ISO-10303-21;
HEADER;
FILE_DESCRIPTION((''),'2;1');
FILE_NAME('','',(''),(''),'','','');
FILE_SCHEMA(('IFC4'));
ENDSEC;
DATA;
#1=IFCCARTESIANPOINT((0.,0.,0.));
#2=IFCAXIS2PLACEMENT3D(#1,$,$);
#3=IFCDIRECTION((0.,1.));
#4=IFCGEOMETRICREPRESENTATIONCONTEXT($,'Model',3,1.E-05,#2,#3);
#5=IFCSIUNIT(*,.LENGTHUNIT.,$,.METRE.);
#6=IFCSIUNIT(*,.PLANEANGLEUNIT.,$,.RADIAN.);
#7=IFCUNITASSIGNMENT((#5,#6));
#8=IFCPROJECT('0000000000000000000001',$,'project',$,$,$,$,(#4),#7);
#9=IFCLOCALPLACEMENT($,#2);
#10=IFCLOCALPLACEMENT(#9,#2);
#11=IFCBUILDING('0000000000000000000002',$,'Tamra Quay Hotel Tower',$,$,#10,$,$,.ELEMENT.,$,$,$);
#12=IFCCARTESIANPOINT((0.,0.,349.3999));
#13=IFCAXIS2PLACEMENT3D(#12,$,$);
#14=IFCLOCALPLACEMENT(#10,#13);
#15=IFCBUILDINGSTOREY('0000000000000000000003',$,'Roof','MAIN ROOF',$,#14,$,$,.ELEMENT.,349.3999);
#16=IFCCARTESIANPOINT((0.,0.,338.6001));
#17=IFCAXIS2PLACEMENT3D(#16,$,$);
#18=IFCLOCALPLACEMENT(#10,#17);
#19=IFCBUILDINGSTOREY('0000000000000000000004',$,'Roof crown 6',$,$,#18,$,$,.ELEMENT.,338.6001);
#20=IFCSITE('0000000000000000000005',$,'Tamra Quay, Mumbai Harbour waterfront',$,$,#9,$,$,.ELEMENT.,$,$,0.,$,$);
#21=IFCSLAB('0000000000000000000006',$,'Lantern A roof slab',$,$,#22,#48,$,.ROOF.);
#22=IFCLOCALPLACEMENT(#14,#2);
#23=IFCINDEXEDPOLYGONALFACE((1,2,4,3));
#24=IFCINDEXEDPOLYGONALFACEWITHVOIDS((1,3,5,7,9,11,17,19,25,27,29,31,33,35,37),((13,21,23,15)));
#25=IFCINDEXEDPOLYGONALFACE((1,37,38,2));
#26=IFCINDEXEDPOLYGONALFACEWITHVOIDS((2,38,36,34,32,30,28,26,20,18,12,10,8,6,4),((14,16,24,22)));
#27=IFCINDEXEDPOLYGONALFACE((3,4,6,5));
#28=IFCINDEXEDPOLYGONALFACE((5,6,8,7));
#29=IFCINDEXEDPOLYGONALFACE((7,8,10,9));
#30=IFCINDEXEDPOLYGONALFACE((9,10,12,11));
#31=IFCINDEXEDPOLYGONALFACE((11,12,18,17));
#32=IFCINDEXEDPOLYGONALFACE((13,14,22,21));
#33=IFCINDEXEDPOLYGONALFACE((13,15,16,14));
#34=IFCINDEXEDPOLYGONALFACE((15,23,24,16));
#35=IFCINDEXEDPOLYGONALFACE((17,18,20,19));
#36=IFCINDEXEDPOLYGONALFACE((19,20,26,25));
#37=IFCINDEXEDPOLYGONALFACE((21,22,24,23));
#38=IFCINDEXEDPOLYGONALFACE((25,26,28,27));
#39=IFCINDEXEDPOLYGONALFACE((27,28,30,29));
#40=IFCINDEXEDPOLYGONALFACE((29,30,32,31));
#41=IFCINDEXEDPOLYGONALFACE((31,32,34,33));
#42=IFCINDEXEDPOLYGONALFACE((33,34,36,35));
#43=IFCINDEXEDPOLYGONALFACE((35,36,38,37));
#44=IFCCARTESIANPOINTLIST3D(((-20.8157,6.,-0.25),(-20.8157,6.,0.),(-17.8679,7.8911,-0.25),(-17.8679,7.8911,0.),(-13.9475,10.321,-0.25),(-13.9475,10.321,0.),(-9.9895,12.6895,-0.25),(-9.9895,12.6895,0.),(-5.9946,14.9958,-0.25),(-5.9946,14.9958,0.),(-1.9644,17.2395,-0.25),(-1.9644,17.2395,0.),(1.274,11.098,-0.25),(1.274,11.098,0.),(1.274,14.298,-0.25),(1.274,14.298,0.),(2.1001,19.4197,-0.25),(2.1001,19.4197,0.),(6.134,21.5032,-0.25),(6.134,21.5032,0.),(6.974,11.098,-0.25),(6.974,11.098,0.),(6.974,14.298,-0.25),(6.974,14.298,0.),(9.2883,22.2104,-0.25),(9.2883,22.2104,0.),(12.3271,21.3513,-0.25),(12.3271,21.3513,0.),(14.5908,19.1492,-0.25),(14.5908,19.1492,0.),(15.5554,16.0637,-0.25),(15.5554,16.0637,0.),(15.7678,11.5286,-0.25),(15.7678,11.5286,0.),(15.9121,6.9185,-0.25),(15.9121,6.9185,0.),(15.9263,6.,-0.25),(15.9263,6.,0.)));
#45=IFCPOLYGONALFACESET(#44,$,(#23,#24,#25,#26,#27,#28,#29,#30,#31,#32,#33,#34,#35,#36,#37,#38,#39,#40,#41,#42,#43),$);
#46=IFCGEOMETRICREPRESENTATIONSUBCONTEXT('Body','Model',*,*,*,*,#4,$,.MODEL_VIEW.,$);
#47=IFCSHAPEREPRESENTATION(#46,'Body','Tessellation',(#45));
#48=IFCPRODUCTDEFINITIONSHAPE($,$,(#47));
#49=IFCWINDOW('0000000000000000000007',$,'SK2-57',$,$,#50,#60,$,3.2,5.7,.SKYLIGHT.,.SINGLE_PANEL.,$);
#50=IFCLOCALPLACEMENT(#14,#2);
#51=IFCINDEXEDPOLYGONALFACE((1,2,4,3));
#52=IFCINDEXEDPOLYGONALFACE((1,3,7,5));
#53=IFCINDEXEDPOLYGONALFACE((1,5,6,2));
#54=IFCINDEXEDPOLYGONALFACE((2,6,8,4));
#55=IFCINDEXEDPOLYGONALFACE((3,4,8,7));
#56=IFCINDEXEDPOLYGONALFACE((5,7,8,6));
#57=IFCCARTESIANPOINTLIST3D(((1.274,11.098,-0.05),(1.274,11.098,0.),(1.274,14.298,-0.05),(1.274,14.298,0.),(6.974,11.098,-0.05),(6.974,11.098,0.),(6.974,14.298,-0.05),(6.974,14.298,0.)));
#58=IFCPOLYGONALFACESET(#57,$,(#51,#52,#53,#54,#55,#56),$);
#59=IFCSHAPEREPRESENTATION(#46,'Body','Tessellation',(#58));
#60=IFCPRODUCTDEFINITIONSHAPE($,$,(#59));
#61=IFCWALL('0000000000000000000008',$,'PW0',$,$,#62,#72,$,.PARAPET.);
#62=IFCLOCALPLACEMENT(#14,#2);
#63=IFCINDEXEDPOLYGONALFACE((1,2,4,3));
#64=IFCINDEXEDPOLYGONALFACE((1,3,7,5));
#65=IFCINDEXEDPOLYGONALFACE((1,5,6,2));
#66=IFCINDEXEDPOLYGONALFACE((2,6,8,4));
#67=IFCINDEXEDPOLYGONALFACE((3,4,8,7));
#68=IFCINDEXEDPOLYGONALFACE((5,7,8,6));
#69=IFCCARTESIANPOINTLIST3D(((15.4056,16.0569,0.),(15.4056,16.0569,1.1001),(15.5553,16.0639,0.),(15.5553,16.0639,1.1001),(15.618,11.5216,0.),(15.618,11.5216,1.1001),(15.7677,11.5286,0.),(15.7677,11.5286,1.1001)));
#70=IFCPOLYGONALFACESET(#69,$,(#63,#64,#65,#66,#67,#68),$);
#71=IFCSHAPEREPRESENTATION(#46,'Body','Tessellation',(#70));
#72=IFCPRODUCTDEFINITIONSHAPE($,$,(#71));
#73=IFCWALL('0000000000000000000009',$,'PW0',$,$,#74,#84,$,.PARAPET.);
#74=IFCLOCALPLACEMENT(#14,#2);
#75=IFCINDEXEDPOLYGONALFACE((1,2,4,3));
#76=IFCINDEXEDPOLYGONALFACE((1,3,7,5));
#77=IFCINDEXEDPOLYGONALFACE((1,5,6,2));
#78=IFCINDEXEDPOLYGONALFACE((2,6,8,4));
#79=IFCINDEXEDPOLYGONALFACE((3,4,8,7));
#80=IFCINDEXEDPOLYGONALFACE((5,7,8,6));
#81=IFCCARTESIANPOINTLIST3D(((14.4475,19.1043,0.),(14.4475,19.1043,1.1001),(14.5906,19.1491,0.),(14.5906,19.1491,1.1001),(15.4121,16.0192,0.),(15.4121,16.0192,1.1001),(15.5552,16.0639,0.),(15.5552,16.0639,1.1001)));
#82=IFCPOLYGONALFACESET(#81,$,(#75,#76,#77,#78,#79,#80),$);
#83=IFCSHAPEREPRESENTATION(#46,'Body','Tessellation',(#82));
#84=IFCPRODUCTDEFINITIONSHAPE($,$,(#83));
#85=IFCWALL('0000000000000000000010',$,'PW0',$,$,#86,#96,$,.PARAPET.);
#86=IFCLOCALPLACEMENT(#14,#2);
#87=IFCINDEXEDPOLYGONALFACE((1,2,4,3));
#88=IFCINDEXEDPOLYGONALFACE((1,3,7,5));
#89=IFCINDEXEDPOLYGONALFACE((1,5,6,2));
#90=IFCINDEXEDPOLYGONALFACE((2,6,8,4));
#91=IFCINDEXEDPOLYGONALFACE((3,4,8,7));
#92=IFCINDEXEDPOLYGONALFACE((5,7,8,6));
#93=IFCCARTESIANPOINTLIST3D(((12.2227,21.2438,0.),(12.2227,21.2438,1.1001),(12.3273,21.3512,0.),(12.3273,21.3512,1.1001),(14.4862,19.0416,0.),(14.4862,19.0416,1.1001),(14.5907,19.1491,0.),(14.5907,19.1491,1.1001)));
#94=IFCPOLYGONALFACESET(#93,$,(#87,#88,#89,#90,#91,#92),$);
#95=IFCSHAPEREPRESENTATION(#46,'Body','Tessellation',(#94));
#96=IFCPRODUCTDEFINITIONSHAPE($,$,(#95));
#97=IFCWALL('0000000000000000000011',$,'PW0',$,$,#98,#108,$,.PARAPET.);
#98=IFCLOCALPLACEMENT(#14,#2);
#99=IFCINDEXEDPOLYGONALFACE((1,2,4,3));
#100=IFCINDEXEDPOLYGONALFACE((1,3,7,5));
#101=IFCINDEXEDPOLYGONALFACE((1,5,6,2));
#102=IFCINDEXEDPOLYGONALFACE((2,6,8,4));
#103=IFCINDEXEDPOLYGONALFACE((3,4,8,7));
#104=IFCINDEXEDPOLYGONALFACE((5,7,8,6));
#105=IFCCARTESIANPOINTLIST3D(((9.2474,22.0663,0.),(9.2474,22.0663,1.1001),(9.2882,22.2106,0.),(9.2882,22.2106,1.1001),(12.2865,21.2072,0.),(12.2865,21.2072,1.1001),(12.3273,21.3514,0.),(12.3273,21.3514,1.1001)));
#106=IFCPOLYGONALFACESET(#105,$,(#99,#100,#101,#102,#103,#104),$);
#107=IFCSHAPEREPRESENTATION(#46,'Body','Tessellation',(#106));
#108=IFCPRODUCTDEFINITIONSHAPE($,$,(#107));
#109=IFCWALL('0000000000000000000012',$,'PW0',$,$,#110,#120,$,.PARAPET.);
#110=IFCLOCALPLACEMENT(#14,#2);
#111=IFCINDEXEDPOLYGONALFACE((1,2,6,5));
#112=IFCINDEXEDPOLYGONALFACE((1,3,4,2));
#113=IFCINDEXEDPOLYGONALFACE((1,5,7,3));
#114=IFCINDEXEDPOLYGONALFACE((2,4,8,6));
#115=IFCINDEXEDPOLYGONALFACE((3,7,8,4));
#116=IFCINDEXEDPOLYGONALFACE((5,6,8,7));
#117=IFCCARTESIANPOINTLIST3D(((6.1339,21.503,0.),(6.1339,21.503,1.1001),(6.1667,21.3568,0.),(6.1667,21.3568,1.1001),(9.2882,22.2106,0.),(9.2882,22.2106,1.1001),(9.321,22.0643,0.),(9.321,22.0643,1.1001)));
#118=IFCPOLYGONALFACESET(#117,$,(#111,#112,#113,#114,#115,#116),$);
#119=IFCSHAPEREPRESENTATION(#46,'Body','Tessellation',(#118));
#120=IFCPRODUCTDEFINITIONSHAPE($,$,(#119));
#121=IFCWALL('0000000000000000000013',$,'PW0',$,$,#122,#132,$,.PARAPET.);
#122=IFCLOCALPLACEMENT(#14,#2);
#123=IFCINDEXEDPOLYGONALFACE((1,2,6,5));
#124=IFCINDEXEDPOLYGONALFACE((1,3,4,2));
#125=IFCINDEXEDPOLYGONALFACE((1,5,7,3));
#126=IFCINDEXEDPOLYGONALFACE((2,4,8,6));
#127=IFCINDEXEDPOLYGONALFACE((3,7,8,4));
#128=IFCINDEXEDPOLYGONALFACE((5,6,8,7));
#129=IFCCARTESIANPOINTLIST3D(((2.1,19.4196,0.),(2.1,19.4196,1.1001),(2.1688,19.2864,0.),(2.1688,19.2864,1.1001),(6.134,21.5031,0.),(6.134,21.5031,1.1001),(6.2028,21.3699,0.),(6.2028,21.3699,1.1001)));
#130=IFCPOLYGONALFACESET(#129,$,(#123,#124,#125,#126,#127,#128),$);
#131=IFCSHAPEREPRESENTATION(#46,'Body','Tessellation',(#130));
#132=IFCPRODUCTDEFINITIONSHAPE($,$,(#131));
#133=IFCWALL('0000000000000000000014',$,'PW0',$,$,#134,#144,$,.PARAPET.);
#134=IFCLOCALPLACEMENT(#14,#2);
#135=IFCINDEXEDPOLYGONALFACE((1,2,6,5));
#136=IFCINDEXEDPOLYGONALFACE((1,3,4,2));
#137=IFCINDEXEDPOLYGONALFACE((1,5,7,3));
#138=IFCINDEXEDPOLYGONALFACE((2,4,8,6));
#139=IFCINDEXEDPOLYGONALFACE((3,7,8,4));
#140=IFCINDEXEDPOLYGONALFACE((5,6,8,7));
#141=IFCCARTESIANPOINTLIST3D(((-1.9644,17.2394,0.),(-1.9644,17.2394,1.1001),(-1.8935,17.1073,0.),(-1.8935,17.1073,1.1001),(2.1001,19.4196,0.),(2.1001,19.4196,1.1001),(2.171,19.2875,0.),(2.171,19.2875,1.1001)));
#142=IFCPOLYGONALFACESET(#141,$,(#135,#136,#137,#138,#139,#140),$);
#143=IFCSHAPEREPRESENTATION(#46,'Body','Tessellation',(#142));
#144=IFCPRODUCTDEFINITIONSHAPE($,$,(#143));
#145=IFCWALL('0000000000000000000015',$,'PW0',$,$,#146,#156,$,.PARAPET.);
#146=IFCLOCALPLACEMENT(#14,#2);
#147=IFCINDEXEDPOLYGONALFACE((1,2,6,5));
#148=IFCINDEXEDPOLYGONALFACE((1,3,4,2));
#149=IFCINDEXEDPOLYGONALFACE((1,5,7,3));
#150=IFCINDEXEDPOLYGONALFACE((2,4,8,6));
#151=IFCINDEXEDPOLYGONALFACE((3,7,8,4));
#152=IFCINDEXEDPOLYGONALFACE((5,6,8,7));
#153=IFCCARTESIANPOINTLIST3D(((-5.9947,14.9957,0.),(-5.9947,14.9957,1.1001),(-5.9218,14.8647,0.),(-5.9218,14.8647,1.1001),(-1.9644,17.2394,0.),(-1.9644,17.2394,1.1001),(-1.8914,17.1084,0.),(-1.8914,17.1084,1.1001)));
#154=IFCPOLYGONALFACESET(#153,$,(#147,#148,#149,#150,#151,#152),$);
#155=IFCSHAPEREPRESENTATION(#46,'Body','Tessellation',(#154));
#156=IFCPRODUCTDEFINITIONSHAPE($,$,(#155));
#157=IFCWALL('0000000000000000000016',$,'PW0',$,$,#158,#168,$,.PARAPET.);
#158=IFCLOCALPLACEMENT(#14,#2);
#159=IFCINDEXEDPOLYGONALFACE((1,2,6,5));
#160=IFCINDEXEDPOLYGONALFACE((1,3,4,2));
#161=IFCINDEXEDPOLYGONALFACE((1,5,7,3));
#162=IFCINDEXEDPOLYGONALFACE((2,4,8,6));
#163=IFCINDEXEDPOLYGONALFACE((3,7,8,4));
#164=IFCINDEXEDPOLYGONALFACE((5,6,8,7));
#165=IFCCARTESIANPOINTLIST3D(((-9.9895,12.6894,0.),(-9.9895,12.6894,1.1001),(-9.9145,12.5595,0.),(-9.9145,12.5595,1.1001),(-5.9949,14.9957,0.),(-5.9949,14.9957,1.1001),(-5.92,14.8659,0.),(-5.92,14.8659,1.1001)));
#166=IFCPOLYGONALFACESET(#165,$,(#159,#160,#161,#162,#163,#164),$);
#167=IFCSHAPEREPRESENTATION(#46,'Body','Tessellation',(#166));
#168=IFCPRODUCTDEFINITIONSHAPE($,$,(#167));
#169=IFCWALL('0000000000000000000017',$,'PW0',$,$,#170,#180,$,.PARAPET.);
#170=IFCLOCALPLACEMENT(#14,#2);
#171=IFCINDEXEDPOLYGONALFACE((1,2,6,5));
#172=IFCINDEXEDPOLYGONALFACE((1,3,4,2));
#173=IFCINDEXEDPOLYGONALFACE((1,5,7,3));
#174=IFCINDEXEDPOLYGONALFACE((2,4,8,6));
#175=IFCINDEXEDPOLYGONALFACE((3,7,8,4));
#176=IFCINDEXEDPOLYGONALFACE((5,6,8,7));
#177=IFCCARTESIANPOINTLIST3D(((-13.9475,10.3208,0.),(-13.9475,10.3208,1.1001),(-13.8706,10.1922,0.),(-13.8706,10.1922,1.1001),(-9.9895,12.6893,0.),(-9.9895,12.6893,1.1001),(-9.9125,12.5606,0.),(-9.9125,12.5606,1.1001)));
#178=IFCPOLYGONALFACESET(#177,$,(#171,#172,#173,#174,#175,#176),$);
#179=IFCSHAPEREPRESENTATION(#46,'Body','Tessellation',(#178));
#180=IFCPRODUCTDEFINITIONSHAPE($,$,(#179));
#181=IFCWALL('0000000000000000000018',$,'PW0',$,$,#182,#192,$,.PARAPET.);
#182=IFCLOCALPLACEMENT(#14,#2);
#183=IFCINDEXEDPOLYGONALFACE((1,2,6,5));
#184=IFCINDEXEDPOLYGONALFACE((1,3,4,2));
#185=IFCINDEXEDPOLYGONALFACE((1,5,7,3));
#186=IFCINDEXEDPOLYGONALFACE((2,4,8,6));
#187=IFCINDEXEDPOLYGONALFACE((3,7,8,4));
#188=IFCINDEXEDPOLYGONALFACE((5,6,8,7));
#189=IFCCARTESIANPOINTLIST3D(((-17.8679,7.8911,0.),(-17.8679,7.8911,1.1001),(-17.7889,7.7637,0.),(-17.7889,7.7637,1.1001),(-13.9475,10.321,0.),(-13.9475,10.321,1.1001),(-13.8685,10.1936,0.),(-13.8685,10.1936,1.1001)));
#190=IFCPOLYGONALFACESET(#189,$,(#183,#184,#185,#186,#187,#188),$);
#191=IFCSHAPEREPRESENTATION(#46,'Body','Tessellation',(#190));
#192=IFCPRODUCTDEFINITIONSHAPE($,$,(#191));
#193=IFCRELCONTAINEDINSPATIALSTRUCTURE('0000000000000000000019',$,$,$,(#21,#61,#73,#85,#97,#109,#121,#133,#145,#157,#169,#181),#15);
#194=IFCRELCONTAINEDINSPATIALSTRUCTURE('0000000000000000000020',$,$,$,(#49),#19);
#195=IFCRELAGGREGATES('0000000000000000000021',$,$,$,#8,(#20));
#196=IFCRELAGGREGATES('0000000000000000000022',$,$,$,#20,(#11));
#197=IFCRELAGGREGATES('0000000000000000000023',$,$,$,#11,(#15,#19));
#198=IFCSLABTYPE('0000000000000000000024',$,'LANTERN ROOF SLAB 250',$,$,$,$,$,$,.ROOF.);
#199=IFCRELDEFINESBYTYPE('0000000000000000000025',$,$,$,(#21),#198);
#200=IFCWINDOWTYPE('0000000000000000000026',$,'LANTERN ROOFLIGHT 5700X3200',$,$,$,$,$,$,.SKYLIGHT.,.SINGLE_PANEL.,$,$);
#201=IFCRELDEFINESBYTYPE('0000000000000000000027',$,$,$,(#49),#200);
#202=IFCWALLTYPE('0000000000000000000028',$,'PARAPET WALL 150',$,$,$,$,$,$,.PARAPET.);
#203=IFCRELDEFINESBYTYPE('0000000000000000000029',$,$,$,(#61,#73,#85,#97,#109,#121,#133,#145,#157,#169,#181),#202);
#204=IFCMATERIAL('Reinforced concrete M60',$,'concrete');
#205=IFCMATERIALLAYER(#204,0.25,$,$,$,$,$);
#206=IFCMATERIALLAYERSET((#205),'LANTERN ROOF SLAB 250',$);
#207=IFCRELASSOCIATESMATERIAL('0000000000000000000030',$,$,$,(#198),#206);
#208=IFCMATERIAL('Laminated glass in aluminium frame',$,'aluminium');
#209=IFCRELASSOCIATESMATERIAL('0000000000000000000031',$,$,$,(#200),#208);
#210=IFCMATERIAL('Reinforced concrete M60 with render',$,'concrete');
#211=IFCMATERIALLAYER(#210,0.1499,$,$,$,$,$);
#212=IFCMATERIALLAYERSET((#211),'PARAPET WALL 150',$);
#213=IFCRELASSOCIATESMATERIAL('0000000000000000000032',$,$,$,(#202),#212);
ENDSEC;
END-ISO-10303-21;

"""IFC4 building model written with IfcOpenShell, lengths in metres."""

from ifc_helpers import new_model, si_unit, direction, frame, frame_2d, origin, origin_2d, place, context, subcontext, project, spatial, polyline, rectangle, outline, extrude, material, layer, layer_set, type_object, element, fill, save


model = new_model("IFC4")

# Units and contexts
model_context = context("Model", 3, precision=1e-05, world=origin(), true_north=direction((0.0, 1.0)))
body_context = subcontext(model_context, "Body", "Model", "MODEL_VIEW")
ifc_project = project(units=[si_unit("LENGTHUNIT", "METRE"), si_unit("PLANEANGLEUNIT", "RADIAN")], contexts=[model_context])

# Site, building, storey
site_placement = place(None, origin())
site = spatial("IfcSite", under=ifc_project, at=site_placement, Name="Tamra Quay, Mumbai Harbour waterfront", CompositionType="ELEMENT", RefElevation=0.0)
building_placement = place(site_placement, origin())
building = spatial("IfcBuilding", under=site, at=building_placement, Name="Tamra Quay Hotel Tower", CompositionType="ELEMENT")
storey_1_placement = place(building_placement, frame((0.0, 0.0, 349.3999)))
storey_1 = spatial("IfcBuildingStorey", under=building, at=storey_1_placement, Name="Roof", Description="MAIN ROOF", CompositionType="ELEMENT", Elevation=349.3999)

# Slab, opening
ifc_material_1 = material(Name="Reinforced concrete M60", Category="concrete")
ifc_layer_1 = layer(ifc_material_1, 0.25)
ifc_layer_set_1 = layer_set([ifc_layer_1], Name="LANTERN ROOF SLAB 250")
slab_type = type_object("IfcSlabType", Name="LANTERN ROOF SLAB 250", PredefinedType="ROOF", material=ifc_layer_set_1)
slab_placement = place(storey_1_placement, frame((0.0, 0.0, -0.25)))
slab = element("IfcSlab", 1, at=slab_placement, inside=storey_1, type_object=slab_type, Name="Lantern A roof slab", PredefinedType="ROOF", context=body_context, shape_type="SweptSolid", body=[
    extrude(outline(polyline([(15.7678, 11.5286), (15.5554, 16.0637), (14.5908, 19.1492), (12.3271, 21.3513), (9.2883, 22.2104), (6.134, 21.5032), (2.1001, 19.4197), (-1.9644, 17.2395), (-5.9946, 14.9958), (-9.9895, 12.6895), (-13.9475, 10.321), (-17.8679, 7.8911), (-20.8157, 6.0), (15.9263, 6.0), (15.9121, 6.9185), (15.7678, 11.5286)])), origin(), (0.0, 0.0, 1.0), 0.25),
])
opening_placement = place(slab_placement, frame((4.124, 12.698, 0.0)))
opening = element("IfcOpeningElement", 2, at=opening_placement, cuts=slab, PredefinedType="OPENING", context=body_context, shape_type="SweptSolid", body=[
    extrude(rectangle(XDim=5.7, YDim=3.2, at=origin_2d()), origin(), (0.0, 0.0, 1.0), 0.25),
])

# Shared definitions
storey_2_placement = place(building_placement, frame((0.0, 0.0, 338.6001)))
storey_2 = spatial("IfcBuildingStorey", under=building, at=storey_2_placement, Name="Roof crown 6", CompositionType="ELEMENT", Elevation=338.6001)

# Window
ifc_material_2 = material(Name="Laminated glass in aluminium frame", Category="aluminium")
window_type = type_object("IfcWindowType", Name="LANTERN ROOFLIGHT 5700X3200", PartitioningType="SINGLE_PANEL", PredefinedType="SKYLIGHT", material=ifc_material_2)
window_placement = place(opening_placement, frame((0.0, 0.0, 0.2)))
window = element("IfcWindow", 3, at=window_placement, inside=storey_2, type_object=window_type, Name="SK2-57", OverallHeight=3.2, OverallWidth=5.7, PartitioningType="SINGLE_PANEL", PredefinedType="SKYLIGHT", context=body_context, shape_type="SweptSolid", body=[
    extrude(rectangle(XDim=5.7, YDim=3.2, at=origin_2d()), origin(), (0.0, 0.0, 1.0), 0.05),
])
fill(opening, window)

# Walls
ifc_material_3 = material(Name="Reinforced concrete M60 with render", Category="concrete")
ifc_layer_2 = layer(ifc_material_3, 0.1499)
ifc_layer_set_2 = layer_set([ifc_layer_2], Name="PARAPET WALL 150")
wall_type = type_object("IfcWallType", Name="PARAPET WALL 150", PredefinedType="PARAPET", material=ifc_layer_set_2)
wall_1_placement = place(storey_1_placement, frame((15.4805, 16.0603, 0.0), z_axis=(0.0, 0.0, 1.0), x_axis=(0.046781, -0.998905, 0.0)))
element("IfcWall", 4, at=wall_1_placement, inside=storey_1, type_object=wall_type, Name="PW0", PredefinedType="PARAPET", context=body_context, shape_type="SweptSolid", body=[
    extrude(rectangle(XDim=4.5403, YDim=0.1499, at=frame_2d((2.27, 0.0))), origin(), (0.0, 0.0, 1.0), 1.1001),
])
wall_2_placement = place(storey_1_placement, frame((14.519, 19.1267, 0.0), z_axis=(0.0, 0.0, 1.0), x_axis=(0.298408, -0.954438, 0.0)))
element("IfcWall", 5, at=wall_2_placement, inside=storey_1, type_object=wall_type, Name="PW0", PredefinedType="PARAPET", context=body_context, shape_type="SweptSolid", body=[
    extrude(rectangle(XDim=3.2324, YDim=0.1499, at=frame_2d((1.6162, 0.0))), origin(), (0.0, 0.0, 1.0), 1.1001),
])
wall_3_placement = place(storey_1_placement, frame((12.2749, 21.2976, 0.0), z_axis=(0.0, 0.0, 1.0), x_axis=(0.716743, -0.697338, 0.0)))
element("IfcWall", 6, at=wall_3_placement, inside=storey_1, type_object=wall_type, Name="PW0", PredefinedType="PARAPET", context=body_context, shape_type="SweptSolid", body=[
    extrude(rectangle(XDim=3.158, YDim=0.1499, at=frame_2d((1.5791, 0.0))), origin(), (0.0, 0.0, 1.0), 1.1001),
])
wall_4_placement = place(storey_1_placement, frame((9.2678, 22.1384, 0.0), z_axis=(0.0, 0.0, 1.0), x_axis=(0.962287, -0.272035, 0.0)))
element("IfcWall", 7, at=wall_4_placement, inside=storey_1, type_object=wall_type, Name="PW0", PredefinedType="PARAPET", context=body_context, shape_type="SweptSolid", body=[
    extrude(rectangle(XDim=3.1582, YDim=0.1499, at=frame_2d((1.5791, 0.0))), origin(), (0.0, 0.0, 1.0), 1.1001),
])
wall_5_placement = place(storey_1_placement, frame((6.1504, 21.4299, 0.0), z_axis=(0.0, 0.0, 1.0), x_axis=(0.975755, 0.218865, 0.0)))
element("IfcWall", 8, at=wall_5_placement, inside=storey_1, type_object=wall_type, Name="PW0", PredefinedType="PARAPET", context=body_context, shape_type="SweptSolid", body=[
    extrude(rectangle(XDim=3.2327, YDim=0.1499, at=frame_2d((1.6162, 0.0))), origin(), (0.0, 0.0, 1.0), 1.1001),
])
wall_6_placement = place(storey_1_placement, frame((2.1345, 19.353, 0.0), z_axis=(0.0, 0.0, 1.0), x_axis=(0.888489, 0.458898, 0.0)))
element("IfcWall", 9, at=wall_6_placement, inside=storey_1, type_object=wall_type, Name="PW0", PredefinedType="PARAPET", context=body_context, shape_type="SweptSolid", body=[
    extrude(rectangle(XDim=4.5403, YDim=0.1499, at=frame_2d((2.27, 0.0))), origin(), (0.0, 0.0, 1.0), 1.1001),
])
wall_7_placement = place(storey_1_placement, frame((-1.929, 17.1733, 0.0), z_axis=(0.0, 0.0, 1.0), x_axis=(0.881228, 0.472691, 0.0)))
element("IfcWall", 10, at=wall_7_placement, inside=storey_1, type_object=wall_type, Name="PW0", PredefinedType="PARAPET", context=body_context, shape_type="SweptSolid", body=[
    extrude(rectangle(XDim=4.6123, YDim=0.1499, at=frame_2d((2.3062, 0.0))), origin(), (0.0, 0.0, 1.0), 1.1001),
])
wall_8_placement = place(storey_1_placement, frame((-5.9583, 14.9302, 0.0), z_axis=(0.0, 0.0, 1.0), x_axis=(0.873733, 0.486407, 0.0)))
element("IfcWall", 11, at=wall_8_placement, inside=storey_1, type_object=wall_type, Name="PW0", PredefinedType="PARAPET", context=body_context, shape_type="SweptSolid", body=[
    extrude(rectangle(XDim=4.6128, YDim=0.1499, at=frame_2d((2.3064, 0.0))), origin(), (0.0, 0.0, 1.0), 1.1001),
])
for number, where, z_axis, x_axis, name in (
    (12, (-9.9519, 12.6245, 0.0), (0.0, 0.0, 1.0), (0.866016, 0.500016, 0.0), "PW0"),
    (13, (-13.9089, 10.2566, 0.0), (0.0, 0.0, 1.0), (0.858104, 0.513476, 0.0), "PW0"),
):
    element("IfcWall", number, at=place(storey_1_placement, frame(where, z_axis=z_axis, x_axis=x_axis)), inside=storey_1, type_object=wall_type, Name=name, PredefinedType="PARAPET", context=body_context, shape_type="SweptSolid", body=[
        extrude(rectangle(XDim=4.6125, YDim=0.1499, at=frame_2d((2.3062, 0.0))), origin(), (0.0, 0.0, 1.0), 1.1001),
    ])
wall_9_placement = place(storey_1_placement, frame((-17.8284, 7.8274, 0.0), z_axis=(0.0, 0.0, 1.0), x_axis=(0.849973, 0.526826, 0.0)))
element("IfcWall", 14, at=wall_9_placement, inside=storey_1, type_object=wall_type, Name="PW0", PredefinedType="PARAPET", context=body_context, shape_type="SweptSolid", body=[
    extrude(rectangle(XDim=4.6123, YDim=0.1499, at=frame_2d((2.3062, 0.0))), origin(), (0.0, 0.0, 1.0), 1.1001),
])

save(model, "model.ifc")
